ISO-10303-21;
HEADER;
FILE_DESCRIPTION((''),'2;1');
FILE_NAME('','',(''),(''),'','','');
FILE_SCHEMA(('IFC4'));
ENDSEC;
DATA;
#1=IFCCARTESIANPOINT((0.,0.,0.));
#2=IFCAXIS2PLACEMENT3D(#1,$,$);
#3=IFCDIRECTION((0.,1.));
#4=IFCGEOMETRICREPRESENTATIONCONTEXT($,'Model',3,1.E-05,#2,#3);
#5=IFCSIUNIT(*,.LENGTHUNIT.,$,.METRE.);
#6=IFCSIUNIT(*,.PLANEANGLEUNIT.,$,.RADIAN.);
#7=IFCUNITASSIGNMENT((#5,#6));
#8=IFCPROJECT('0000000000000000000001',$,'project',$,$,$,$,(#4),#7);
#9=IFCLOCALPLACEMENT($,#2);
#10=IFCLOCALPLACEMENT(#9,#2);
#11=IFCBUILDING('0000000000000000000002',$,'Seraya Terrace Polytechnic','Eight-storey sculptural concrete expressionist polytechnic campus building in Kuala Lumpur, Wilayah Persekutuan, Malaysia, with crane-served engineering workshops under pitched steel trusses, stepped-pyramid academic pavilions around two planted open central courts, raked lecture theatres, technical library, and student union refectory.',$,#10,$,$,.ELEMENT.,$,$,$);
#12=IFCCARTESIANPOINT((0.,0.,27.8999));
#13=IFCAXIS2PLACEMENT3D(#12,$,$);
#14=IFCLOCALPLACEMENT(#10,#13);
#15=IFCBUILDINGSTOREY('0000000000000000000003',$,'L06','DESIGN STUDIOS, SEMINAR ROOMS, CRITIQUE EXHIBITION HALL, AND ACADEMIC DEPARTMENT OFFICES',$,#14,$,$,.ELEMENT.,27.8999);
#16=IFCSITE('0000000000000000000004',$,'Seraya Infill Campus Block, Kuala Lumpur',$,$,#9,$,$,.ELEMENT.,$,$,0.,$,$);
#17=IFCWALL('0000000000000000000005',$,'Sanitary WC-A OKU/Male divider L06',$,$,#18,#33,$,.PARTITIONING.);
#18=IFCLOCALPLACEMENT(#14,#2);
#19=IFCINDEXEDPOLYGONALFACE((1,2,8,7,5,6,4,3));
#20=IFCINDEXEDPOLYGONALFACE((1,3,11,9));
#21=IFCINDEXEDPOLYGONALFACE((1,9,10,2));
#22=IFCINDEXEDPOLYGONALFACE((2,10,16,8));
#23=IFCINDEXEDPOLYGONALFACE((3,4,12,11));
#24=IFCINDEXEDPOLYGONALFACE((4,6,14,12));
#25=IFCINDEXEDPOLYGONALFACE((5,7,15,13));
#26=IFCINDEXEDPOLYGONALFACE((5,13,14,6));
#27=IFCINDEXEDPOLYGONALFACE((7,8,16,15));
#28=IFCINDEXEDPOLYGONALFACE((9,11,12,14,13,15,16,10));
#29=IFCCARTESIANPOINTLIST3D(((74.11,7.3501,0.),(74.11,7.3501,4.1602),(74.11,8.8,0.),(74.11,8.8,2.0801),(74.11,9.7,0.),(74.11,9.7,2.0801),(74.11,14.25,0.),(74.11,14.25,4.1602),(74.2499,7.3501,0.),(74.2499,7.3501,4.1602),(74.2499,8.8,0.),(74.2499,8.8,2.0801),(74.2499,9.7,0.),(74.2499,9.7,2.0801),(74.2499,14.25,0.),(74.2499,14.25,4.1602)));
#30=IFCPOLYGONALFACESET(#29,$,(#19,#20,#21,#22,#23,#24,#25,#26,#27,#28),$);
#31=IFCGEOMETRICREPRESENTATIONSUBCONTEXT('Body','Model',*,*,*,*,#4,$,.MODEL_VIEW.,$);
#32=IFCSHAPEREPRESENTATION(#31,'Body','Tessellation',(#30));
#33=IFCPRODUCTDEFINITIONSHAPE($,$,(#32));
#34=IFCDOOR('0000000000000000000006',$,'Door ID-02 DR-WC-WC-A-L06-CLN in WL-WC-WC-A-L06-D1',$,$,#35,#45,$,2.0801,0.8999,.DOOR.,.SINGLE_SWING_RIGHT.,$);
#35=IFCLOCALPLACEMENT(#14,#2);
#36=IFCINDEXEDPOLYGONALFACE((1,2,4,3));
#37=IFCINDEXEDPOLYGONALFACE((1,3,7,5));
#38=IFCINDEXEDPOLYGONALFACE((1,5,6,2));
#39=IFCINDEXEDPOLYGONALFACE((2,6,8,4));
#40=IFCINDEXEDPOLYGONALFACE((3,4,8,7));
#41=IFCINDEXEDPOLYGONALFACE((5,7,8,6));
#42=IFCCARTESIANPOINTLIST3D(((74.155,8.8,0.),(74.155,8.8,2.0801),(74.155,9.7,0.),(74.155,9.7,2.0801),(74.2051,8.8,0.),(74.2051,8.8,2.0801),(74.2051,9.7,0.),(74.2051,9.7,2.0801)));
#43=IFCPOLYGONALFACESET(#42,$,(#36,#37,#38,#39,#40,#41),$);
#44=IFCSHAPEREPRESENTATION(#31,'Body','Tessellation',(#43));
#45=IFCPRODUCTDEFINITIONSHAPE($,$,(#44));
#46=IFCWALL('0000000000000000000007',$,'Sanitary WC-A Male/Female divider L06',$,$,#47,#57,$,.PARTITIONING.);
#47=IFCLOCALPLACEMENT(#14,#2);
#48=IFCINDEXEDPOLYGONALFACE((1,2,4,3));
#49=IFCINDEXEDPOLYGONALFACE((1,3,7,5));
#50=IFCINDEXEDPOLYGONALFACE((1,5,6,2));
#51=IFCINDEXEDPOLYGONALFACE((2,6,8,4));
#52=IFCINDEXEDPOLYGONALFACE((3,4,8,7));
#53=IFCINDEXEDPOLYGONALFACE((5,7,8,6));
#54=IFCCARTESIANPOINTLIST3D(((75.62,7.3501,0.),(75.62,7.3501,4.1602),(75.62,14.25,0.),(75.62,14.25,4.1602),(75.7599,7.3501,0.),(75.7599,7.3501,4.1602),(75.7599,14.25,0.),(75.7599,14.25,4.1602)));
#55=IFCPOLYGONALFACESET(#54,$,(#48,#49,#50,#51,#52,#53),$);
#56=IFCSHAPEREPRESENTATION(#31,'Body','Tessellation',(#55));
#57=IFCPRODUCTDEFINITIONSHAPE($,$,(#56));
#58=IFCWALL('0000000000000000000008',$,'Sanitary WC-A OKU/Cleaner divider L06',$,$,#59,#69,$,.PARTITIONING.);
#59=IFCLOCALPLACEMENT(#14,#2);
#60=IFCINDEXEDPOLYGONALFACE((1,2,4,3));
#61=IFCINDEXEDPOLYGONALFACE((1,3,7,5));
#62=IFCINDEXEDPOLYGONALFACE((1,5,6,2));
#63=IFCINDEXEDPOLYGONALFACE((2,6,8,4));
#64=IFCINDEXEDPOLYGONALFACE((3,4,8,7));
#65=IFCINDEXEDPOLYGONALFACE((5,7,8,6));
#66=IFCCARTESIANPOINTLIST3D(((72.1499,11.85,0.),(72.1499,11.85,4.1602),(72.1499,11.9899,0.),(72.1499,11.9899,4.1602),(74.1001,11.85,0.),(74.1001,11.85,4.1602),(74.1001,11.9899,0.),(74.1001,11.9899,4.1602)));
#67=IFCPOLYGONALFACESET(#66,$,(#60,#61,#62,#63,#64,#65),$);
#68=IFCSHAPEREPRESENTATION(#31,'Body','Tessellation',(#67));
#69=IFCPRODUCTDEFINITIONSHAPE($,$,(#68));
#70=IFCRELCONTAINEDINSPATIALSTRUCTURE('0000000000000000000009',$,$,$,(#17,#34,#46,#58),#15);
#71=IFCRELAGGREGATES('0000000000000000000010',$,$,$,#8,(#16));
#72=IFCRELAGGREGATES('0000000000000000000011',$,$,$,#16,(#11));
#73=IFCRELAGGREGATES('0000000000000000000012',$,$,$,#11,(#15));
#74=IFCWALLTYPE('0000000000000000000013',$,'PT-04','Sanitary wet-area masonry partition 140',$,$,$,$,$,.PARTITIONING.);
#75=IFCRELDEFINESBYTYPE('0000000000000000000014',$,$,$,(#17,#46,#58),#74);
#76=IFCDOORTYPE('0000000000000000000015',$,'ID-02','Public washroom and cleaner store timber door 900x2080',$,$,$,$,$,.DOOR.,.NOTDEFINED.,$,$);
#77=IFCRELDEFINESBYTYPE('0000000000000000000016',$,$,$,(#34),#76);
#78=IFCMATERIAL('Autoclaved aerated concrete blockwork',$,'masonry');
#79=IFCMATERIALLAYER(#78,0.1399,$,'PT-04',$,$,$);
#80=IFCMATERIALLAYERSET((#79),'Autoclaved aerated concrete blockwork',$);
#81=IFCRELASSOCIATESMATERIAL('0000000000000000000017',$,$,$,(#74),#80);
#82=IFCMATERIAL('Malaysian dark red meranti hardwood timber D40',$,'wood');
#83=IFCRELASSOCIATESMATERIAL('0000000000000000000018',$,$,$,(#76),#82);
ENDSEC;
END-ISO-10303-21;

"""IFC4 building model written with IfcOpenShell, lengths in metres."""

from ifc_helpers import new_model, si_unit, direction, frame, frame_2d, origin, place, context, subcontext, project, spatial, rectangle, extrude, material, layer, layer_set, type_object, element, fill, save


model = new_model("IFC4")

# Units and contexts
model_context = context("Model", 3, precision=1e-05, world=origin(), true_north=direction((0.0, 1.0)))
body_context = subcontext(model_context, "Body", "Model", "MODEL_VIEW")
ifc_project = project(units=[si_unit("LENGTHUNIT", "METRE"), si_unit("PLANEANGLEUNIT", "RADIAN")], contexts=[model_context])

# Site, building, storey
site_placement = place(None, origin())
site = spatial("IfcSite", under=ifc_project, at=site_placement, Name="Seraya Infill Campus Block, Kuala Lumpur", CompositionType="ELEMENT", RefElevation=0.0)
building_placement = place(site_placement, origin())
building = spatial("IfcBuilding", under=site, at=building_placement, Name="Seraya Terrace Polytechnic", Description="Eight-storey sculptural concrete expressionist polytechnic campus building in Kuala Lumpur, Wilayah Persekutuan, Malaysia, with crane-served engineering workshops under pitched steel trusses, stepped-pyramid academic pavilions around two planted open central courts, raked lecture theatres, technical library, and student union refectory.", CompositionType="ELEMENT")
storey_placement = place(building_placement, frame((0.0, 0.0, 27.8999)))
storey = spatial("IfcBuildingStorey", under=building, at=storey_placement, Name="L06", Description="DESIGN STUDIOS, SEMINAR ROOMS, CRITIQUE EXHIBITION HALL, AND ACADEMIC DEPARTMENT OFFICES", CompositionType="ELEMENT", Elevation=27.8999)

# Shared definitions
ifc_material_1 = material(Name="Autoclaved aerated concrete blockwork", Category="masonry")
ifc_layer_1 = layer(ifc_material_1, 0.1399, Name="PT-04")
ifc_layer_set_1 = layer_set([ifc_layer_1], Name="Autoclaved aerated concrete blockwork")
wall_type_1 = type_object("IfcWallType", Name="PT-04", Description="Sanitary wet-area masonry partition 140", PredefinedType="PARTITIONING", material=ifc_layer_set_1)

# Shared definitions
ifc_material_2 = material(Name="Malaysian dark red meranti hardwood timber D40", Category="wood")
door_type_1 = type_object("IfcDoorType", Name="ID-02", Description="Public washroom and cleaner store timber door 900x2080", OperationType="NOTDEFINED", PredefinedType="DOOR", material=ifc_material_2)

# Wall, opening, door
wall_1_placement = place(storey_placement, frame((74.1799, 7.3501, 0.0), z_axis=(0.0, 0.0, 1.0), x_axis=(0.0, 1.0, 0.0)))
wall_1 = element("IfcWall", 1, at=wall_1_placement, inside=storey, type_object=wall_type_1, Name="Sanitary WC-A OKU/Male divider L06", PredefinedType="PARTITIONING", context=body_context, shape_type="SweptSolid", body=[
    extrude(rectangle(XDim=6.8999, YDim=0.1399, at=frame_2d((3.45, 0.0))), origin(), (0.0, 0.0, 1.0), 4.1602),
])
opening_1_placement = place(wall_1_placement, frame((1.45, 0.0, 0.0)))
opening_1 = element("IfcOpeningElement", 2, at=opening_1_placement, cuts=wall_1, PredefinedType="OPENING", context=body_context, shape_type="SweptSolid", body=[
    extrude(rectangle(XDim=0.8999, YDim=2.0801, at=frame_2d((0.45, 1.04))), frame((0.0, 0.082, 0.0), z_axis=(0.0, -1.0, 0.0), x_axis=(1.0, 0.0, 0.0)), (0.0, 0.0, 1.0), 0.1638),
])
door_1_placement = place(opening_1_placement, origin())
door_1 = element("IfcDoor", 3, at=door_1_placement, inside=storey, type_object=door_type_1, Name="Door ID-02 DR-WC-WC-A-L06-CLN in WL-WC-WC-A-L06-D1", OperationType="SINGLE_SWING_RIGHT", OverallHeight=2.0801, OverallWidth=0.8999, PredefinedType="DOOR", context=body_context, shape_type="SweptSolid", body=[
    extrude(rectangle(XDim=0.8999, YDim=2.0801, at=frame_2d((0.45, 1.04))), frame((0.0, 0.0249, 0.0), z_axis=(0.0, -1.0, 0.0), x_axis=(1.0, 0.0, 0.0)), (0.0, 0.0, 1.0), 0.05),
])
fill(opening_1, door_1)

# Walls
wall_2_placement = place(storey_placement, frame((75.6899, 7.3501, 0.0), z_axis=(0.0, 0.0, 1.0), x_axis=(0.0, 1.0, 0.0)))
element("IfcWall", 4, at=wall_2_placement, inside=storey, type_object=wall_type_1, Name="Sanitary WC-A Male/Female divider L06", PredefinedType="PARTITIONING", context=body_context, shape_type="SweptSolid", body=[
    extrude(rectangle(XDim=6.8999, YDim=0.1399, at=frame_2d((3.45, 0.0))), origin(), (0.0, 0.0, 1.0), 4.1602),
])
wall_3_placement = place(storey_placement, frame((72.1499, 11.9199, 0.0), z_axis=(0.0, 0.0, 1.0), x_axis=(1.0, 0.0, 0.0)))
element("IfcWall", 5, at=wall_3_placement, inside=storey, type_object=wall_type_1, Name="Sanitary WC-A OKU/Cleaner divider L06", PredefinedType="PARTITIONING", context=body_context, shape_type="SweptSolid", body=[
    extrude(rectangle(XDim=1.9502, YDim=0.1399, at=frame_2d((0.9751, 0.0))), origin(), (0.0, 0.0, 1.0), 4.1602),
])

save(model, "model.ifc")
